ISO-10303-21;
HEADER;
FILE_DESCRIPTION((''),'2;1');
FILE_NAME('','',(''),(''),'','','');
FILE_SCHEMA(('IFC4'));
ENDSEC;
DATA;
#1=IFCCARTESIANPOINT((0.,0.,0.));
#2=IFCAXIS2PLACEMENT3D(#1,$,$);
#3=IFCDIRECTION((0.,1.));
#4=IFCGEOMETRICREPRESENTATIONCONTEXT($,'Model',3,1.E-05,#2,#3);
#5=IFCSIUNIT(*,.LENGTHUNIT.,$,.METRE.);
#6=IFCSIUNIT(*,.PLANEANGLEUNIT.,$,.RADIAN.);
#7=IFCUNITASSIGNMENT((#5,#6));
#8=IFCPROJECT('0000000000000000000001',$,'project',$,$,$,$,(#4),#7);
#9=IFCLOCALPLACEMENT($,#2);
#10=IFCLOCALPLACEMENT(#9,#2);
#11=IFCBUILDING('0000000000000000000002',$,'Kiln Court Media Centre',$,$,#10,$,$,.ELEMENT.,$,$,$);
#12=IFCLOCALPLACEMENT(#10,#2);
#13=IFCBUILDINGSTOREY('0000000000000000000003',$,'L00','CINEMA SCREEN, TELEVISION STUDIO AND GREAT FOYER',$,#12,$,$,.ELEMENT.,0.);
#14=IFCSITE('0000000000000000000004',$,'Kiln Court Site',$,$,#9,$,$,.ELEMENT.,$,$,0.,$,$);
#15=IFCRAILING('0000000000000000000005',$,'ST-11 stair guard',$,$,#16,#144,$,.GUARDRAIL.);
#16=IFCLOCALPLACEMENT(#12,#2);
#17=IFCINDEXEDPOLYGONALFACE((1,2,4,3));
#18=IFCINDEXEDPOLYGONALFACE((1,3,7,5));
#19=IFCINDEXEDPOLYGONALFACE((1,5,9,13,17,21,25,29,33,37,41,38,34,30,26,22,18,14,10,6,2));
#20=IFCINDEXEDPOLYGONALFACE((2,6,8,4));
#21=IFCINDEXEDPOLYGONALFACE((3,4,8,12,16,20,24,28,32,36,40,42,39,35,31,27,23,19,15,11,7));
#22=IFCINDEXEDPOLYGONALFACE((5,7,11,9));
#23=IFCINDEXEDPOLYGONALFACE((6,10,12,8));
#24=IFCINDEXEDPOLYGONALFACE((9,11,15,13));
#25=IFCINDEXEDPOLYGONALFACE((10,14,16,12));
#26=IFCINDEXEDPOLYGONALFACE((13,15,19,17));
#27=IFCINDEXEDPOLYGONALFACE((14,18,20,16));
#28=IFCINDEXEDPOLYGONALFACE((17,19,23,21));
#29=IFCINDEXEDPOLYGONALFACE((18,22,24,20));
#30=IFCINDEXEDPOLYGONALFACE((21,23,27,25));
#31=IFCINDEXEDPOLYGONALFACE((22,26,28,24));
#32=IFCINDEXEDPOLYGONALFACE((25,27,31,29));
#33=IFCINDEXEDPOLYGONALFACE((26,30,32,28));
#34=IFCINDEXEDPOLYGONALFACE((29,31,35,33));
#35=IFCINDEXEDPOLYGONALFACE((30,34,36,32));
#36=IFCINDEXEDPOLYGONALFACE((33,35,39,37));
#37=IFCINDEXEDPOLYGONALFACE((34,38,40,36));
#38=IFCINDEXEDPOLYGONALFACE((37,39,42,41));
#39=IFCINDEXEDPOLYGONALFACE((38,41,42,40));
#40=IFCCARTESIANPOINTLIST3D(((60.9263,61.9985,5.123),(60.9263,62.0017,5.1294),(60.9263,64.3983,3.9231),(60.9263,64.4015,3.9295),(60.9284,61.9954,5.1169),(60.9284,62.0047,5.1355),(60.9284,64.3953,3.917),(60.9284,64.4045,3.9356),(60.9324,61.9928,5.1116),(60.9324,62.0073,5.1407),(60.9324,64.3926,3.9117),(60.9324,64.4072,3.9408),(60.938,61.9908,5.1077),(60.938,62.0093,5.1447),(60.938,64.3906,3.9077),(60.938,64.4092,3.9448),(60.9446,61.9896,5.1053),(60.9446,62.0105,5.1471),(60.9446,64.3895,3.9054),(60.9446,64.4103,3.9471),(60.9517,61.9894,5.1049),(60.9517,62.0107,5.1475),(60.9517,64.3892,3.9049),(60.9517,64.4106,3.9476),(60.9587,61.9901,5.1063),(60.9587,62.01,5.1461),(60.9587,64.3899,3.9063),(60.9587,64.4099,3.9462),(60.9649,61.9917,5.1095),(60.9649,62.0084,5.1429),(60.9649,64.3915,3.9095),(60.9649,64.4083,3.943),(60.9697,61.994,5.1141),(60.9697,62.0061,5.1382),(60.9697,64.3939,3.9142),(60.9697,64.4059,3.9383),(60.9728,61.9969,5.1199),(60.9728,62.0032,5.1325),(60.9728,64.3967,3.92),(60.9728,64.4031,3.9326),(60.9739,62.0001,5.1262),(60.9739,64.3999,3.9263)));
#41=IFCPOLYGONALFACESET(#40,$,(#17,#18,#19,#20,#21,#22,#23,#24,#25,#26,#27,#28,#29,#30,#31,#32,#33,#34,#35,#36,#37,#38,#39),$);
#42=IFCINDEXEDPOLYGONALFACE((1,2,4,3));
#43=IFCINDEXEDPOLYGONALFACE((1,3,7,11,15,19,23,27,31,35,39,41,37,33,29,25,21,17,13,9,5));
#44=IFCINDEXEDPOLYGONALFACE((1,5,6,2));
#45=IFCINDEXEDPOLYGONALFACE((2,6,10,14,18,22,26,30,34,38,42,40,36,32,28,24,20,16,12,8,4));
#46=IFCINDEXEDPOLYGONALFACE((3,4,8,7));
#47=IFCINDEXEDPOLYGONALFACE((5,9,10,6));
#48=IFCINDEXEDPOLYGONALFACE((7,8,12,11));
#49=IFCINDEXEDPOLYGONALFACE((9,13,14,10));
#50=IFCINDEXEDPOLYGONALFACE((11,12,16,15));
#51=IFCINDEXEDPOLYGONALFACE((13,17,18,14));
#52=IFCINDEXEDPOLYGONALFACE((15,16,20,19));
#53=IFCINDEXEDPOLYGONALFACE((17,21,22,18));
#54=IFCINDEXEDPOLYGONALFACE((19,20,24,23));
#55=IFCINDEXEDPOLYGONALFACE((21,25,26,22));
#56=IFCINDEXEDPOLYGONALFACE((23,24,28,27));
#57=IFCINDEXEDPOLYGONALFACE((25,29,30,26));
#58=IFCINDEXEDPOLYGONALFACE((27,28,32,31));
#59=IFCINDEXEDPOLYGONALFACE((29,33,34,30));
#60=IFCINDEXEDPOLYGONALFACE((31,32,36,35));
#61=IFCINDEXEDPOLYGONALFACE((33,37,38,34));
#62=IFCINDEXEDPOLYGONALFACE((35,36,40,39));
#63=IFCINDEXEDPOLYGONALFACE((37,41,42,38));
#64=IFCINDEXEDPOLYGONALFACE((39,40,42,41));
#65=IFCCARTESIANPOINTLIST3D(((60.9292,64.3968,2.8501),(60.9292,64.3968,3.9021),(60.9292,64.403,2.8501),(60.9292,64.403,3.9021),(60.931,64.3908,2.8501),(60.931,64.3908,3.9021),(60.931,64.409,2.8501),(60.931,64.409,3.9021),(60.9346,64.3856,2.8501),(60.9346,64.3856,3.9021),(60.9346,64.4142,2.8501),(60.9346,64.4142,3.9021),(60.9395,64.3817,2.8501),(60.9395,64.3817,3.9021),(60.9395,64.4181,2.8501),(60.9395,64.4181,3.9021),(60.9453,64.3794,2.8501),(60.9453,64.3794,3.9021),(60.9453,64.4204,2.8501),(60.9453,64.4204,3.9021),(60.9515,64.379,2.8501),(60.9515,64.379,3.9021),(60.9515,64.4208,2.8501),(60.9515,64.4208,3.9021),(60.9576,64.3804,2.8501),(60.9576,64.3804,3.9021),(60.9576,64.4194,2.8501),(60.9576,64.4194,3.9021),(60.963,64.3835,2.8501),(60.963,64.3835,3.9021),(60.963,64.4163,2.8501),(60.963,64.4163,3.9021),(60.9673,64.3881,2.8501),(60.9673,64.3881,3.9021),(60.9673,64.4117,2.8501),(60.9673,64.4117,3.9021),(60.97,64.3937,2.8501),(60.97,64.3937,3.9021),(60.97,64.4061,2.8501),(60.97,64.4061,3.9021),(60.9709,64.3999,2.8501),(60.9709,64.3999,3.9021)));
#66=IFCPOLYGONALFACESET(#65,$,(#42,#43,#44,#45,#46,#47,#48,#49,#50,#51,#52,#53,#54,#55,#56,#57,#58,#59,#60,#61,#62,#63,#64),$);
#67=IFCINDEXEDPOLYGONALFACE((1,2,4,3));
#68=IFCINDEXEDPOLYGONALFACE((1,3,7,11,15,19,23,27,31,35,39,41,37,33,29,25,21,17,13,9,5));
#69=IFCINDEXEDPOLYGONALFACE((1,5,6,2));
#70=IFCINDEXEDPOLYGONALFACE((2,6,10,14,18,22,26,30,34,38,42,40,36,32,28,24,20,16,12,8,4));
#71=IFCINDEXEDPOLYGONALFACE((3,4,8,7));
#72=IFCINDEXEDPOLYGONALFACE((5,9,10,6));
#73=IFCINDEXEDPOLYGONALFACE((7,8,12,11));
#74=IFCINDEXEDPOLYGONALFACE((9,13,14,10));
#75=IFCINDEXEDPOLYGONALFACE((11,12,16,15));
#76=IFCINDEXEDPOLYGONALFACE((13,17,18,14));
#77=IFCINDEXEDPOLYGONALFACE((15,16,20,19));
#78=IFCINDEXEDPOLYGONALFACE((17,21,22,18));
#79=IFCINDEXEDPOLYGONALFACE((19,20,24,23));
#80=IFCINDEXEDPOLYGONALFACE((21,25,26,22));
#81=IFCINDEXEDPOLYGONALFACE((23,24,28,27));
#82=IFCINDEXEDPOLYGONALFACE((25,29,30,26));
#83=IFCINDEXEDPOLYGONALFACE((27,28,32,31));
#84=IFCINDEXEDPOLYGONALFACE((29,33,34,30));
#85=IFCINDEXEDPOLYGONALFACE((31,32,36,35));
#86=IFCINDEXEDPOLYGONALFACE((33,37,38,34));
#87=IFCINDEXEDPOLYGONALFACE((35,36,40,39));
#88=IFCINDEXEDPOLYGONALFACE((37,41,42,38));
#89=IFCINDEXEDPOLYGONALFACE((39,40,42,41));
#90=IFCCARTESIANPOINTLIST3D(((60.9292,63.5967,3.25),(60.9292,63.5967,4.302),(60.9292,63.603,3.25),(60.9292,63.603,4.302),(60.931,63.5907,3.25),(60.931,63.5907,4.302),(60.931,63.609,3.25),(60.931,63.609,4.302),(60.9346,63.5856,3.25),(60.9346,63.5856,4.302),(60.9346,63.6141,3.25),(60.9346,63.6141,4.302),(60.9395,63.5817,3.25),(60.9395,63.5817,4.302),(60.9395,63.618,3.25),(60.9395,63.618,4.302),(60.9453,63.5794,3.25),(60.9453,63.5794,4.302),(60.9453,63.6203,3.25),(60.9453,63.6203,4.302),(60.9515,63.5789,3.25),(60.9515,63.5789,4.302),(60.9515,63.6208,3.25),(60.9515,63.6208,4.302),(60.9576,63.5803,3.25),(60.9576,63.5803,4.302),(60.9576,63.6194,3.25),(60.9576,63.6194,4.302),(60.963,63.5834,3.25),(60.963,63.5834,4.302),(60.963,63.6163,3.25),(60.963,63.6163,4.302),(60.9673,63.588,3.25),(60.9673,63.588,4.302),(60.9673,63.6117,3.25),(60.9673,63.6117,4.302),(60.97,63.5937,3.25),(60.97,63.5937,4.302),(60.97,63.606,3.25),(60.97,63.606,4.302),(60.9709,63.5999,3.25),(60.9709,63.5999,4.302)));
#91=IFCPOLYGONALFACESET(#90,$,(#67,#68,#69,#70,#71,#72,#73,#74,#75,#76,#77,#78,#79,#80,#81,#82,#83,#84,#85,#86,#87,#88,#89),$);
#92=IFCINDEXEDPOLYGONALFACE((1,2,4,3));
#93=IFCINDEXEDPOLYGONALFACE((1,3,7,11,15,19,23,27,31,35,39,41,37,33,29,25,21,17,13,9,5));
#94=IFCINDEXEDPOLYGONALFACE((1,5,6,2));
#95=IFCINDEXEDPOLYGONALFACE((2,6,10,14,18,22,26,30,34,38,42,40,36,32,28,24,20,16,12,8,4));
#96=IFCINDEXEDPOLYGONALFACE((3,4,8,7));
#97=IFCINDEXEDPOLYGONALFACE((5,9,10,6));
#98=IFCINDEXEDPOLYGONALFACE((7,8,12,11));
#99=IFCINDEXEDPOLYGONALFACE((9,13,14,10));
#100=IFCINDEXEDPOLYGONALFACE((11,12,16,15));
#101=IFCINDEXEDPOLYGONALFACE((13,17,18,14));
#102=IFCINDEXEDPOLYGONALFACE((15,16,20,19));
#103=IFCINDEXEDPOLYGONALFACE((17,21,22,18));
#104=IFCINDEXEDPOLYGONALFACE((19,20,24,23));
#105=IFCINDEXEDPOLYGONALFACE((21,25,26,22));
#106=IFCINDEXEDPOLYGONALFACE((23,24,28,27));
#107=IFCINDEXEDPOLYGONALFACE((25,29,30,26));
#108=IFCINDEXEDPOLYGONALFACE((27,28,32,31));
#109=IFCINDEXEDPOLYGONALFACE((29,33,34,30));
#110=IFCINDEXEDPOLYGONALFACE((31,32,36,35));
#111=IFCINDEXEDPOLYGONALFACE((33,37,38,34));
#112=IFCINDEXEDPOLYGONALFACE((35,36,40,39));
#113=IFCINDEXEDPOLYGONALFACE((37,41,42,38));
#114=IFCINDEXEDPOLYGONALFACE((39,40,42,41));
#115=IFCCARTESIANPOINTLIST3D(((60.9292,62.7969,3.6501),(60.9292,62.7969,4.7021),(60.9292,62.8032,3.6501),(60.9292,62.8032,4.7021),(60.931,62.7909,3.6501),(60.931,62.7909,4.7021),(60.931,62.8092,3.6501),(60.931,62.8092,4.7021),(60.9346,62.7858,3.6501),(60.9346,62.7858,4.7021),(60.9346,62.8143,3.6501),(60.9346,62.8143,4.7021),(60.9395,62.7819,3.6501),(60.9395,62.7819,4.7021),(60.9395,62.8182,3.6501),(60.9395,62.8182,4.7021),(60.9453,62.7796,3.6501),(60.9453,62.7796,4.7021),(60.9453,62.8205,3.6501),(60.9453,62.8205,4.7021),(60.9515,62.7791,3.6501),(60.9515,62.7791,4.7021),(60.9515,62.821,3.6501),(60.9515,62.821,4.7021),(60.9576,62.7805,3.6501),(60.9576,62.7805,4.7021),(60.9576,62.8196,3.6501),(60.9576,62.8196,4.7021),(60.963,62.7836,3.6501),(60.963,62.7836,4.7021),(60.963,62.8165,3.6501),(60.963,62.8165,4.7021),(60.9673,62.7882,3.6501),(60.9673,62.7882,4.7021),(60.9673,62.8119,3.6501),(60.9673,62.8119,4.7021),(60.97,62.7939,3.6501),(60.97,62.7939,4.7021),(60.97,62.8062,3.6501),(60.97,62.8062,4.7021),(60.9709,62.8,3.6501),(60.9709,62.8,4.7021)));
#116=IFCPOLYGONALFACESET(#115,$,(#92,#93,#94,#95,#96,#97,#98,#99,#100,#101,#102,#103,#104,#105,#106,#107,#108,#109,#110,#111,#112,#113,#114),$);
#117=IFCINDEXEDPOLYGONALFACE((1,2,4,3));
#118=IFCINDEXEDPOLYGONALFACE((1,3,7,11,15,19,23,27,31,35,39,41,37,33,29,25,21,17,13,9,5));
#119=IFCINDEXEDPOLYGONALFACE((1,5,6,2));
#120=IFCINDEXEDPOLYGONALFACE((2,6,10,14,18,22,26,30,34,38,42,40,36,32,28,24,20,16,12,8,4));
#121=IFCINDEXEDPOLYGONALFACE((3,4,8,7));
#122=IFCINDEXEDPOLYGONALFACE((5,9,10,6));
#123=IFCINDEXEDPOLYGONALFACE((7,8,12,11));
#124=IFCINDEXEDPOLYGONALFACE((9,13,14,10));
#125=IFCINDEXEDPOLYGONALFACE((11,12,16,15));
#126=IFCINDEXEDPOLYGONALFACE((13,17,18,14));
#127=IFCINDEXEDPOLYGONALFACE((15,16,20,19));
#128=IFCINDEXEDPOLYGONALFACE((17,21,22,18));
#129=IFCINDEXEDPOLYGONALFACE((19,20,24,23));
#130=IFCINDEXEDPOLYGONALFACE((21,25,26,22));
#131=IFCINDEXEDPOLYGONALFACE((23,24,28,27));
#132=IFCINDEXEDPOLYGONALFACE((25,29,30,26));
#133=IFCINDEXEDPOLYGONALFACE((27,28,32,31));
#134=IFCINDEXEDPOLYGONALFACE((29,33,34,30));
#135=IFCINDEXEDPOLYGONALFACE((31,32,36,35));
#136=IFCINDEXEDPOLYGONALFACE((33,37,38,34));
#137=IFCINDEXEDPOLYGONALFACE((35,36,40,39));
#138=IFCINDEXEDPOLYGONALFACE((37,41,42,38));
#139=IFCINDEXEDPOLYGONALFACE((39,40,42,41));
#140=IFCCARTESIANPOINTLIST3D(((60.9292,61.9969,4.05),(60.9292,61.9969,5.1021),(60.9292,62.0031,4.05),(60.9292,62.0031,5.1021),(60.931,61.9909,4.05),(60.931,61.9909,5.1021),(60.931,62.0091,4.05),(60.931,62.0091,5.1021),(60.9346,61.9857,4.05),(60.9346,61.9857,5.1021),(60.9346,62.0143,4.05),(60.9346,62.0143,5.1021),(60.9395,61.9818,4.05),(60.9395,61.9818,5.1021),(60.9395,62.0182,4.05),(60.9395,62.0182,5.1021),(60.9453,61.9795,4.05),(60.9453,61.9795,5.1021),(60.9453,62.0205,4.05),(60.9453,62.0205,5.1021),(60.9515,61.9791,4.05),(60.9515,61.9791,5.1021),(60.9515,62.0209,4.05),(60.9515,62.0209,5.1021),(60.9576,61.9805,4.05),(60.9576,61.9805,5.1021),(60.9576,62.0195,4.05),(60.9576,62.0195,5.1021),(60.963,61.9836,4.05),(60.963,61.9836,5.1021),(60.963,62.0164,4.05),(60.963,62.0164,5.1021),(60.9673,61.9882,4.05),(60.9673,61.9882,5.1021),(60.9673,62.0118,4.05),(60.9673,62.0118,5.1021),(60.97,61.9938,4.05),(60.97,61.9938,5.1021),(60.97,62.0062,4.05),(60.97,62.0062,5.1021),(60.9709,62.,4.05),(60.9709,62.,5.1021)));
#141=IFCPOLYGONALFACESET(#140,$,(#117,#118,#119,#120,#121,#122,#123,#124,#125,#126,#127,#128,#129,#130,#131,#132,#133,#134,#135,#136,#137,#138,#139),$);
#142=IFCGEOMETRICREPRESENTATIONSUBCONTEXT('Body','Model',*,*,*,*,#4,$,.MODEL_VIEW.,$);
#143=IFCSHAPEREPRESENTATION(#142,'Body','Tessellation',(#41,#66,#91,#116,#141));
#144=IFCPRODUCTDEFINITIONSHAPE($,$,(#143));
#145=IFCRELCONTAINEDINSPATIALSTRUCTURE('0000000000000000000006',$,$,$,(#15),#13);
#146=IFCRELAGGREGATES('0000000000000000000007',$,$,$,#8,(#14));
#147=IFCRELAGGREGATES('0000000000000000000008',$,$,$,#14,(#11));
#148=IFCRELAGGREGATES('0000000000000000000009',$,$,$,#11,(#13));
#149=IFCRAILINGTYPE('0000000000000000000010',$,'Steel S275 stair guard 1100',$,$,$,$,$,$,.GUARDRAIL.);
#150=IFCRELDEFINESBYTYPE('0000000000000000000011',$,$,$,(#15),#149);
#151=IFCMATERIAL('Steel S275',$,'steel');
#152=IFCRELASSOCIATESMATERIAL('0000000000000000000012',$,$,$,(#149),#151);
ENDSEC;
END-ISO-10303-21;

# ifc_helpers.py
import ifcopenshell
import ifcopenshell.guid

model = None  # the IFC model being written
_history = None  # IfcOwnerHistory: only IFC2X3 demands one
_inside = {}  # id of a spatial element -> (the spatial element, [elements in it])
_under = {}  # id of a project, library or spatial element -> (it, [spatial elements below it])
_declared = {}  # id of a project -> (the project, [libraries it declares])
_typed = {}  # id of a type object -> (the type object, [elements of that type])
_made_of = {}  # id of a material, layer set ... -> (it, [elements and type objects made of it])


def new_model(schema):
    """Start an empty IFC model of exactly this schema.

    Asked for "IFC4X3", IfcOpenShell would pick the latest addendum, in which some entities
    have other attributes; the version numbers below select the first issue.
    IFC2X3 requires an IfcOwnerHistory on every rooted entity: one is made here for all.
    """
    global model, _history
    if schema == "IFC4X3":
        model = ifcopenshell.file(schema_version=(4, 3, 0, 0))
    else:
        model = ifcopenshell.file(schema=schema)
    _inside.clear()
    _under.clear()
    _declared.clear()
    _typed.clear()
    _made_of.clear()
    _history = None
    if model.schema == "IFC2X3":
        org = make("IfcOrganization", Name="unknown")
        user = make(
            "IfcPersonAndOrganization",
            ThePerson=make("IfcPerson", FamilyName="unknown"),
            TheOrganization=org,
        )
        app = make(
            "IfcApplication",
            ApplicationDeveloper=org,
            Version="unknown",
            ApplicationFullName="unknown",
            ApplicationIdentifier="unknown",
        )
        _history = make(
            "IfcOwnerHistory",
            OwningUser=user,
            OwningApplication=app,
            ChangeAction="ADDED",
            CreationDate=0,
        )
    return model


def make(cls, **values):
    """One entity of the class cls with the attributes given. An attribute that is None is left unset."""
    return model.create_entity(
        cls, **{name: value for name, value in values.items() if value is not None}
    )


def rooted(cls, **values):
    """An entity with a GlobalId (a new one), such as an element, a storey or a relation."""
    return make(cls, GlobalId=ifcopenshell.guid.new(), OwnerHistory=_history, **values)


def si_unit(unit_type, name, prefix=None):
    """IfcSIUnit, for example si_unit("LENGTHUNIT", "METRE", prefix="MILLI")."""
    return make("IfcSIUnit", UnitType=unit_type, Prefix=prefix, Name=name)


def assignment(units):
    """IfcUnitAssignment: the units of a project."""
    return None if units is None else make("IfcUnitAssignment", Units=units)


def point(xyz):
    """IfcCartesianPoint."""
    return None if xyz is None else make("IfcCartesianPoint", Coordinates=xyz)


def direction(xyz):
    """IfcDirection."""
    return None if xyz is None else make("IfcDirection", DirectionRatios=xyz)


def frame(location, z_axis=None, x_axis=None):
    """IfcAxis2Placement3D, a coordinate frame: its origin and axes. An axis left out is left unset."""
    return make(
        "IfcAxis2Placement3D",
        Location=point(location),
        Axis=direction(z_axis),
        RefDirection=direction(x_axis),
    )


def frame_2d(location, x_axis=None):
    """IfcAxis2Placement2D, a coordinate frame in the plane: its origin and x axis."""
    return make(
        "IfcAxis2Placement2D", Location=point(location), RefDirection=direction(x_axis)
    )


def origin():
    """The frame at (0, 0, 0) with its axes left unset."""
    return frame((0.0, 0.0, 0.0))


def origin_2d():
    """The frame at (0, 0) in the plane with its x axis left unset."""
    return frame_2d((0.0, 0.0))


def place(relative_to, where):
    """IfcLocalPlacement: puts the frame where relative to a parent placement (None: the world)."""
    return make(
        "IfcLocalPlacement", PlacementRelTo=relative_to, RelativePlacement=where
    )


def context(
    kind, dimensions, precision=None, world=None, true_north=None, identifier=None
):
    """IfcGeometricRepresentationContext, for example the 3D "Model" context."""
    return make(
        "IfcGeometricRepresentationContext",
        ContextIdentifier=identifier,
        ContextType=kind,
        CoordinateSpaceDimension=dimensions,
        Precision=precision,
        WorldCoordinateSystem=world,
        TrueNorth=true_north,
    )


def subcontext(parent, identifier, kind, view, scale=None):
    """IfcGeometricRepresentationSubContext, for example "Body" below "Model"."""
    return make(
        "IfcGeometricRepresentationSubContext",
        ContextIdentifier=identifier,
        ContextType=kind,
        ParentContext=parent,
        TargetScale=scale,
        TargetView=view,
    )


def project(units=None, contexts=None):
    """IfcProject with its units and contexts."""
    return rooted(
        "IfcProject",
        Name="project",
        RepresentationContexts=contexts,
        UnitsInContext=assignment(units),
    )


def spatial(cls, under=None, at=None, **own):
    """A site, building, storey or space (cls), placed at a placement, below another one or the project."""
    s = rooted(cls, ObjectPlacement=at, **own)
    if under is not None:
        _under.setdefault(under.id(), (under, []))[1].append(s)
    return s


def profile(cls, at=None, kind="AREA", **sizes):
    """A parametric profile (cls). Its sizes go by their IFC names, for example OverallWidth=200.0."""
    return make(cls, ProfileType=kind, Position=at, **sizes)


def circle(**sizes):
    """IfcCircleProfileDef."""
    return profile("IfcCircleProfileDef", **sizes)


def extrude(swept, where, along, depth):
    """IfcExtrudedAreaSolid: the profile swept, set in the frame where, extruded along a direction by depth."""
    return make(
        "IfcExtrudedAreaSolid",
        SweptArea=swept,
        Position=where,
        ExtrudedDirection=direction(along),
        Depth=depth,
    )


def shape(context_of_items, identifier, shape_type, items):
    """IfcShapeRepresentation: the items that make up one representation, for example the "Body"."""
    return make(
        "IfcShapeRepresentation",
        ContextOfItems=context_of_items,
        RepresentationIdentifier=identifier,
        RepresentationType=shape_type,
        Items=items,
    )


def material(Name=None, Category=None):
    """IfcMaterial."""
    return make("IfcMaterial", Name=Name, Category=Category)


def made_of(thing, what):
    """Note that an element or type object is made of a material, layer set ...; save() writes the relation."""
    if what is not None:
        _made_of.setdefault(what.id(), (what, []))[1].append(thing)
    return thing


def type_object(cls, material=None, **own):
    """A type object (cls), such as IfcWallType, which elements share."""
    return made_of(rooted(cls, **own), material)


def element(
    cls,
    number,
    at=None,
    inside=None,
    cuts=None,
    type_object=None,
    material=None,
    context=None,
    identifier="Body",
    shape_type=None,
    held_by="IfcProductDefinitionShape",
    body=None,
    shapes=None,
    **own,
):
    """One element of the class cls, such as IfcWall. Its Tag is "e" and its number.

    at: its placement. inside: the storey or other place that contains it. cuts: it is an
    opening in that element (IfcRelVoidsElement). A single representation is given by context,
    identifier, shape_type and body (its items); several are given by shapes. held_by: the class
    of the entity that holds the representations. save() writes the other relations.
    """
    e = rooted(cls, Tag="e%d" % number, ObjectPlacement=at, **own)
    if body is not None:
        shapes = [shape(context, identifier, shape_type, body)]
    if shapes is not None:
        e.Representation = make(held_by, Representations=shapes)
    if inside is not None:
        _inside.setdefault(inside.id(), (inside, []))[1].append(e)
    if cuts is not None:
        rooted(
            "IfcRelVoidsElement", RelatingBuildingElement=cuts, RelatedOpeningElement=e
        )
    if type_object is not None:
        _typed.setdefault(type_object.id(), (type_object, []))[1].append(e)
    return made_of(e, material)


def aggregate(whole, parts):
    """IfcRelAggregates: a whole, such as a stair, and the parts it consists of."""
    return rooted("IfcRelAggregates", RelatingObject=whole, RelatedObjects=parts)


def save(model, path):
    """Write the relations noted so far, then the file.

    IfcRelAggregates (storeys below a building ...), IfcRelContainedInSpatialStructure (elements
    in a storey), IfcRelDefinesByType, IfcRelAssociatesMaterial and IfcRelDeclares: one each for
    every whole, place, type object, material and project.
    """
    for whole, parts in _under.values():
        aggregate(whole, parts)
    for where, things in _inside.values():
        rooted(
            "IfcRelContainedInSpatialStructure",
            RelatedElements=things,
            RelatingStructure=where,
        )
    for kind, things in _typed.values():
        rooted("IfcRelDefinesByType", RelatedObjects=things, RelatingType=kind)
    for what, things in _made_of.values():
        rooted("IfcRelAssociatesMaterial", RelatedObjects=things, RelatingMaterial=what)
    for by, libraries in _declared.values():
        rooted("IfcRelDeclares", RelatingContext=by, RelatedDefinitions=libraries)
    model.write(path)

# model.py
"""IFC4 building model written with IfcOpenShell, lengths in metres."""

from ifc_helpers import new_model, si_unit, direction, frame, origin, origin_2d, place, context, subcontext, project, spatial, circle, extrude, material, type_object, element, save


model = new_model("IFC4")

# Units and contexts
model_context = context("Model", 3, precision=1e-05, world=origin(), true_north=direction((0.0, 1.0)))
body_context = subcontext(model_context, "Body", "Model", "MODEL_VIEW")
ifc_project = project(units=[si_unit("LENGTHUNIT", "METRE"), si_unit("PLANEANGLEUNIT", "RADIAN")], contexts=[model_context])

# Site, building, storey
site_placement = place(None, origin())
site = spatial("IfcSite", under=ifc_project, at=site_placement, Name="Kiln Court Site", CompositionType="ELEMENT", RefElevation=0.0)
building_placement = place(site_placement, origin())
building = spatial("IfcBuilding", under=site, at=building_placement, Name="Kiln Court Media Centre", CompositionType="ELEMENT")
storey_placement = place(building_placement, origin())
storey = spatial("IfcBuildingStorey", under=building, at=storey_placement, Name="L00", Description="CINEMA SCREEN, TELEVISION STUDIO AND GREAT FOYER", CompositionType="ELEMENT", Elevation=0.0)

# Railing
ifc_material_1 = material(Name="Steel S275", Category="steel")
railing_type_1 = type_object("IfcRailingType", Name="Steel S275 stair guard 1100", PredefinedType="GUARDRAIL", material=ifc_material_1)
railing_1_placement = place(storey_placement, frame((60.95, 64.3999, 2.8501)))
element("IfcRailing", 1, at=railing_1_placement, inside=storey, type_object=railing_type_1, Name="ST-11 stair guard", PredefinedType="GUARDRAIL", context=body_context, shape_type="SweptSolid", body=[
    extrude(circle(Radius=0.0239, at=origin_2d()), frame((0.0, 0.0, 1.0762), z_axis=(0.0, -0.894427, 0.447214), x_axis=(1.0, 0.0, 0.0)), (0.0, 0.0, 1.0), 2.6831),
    extrude(circle(Radius=0.021, at=origin_2d()), origin(), (0.0, 0.0, 1.0), 1.052),
    extrude(circle(Radius=0.021, at=origin_2d()), frame((0.0, -0.8, 0.3999)), (0.0, 0.0, 1.0), 1.052),
    extrude(circle(Radius=0.021, at=origin_2d()), frame((0.0, -1.5999, 0.8)), (0.0, 0.0, 1.0), 1.052),
    extrude(circle(Radius=0.021, at=origin_2d()), frame((0.0, -2.3999, 1.2)), (0.0, 0.0, 1.0), 1.052),
])

save(model, "model.ifc")
